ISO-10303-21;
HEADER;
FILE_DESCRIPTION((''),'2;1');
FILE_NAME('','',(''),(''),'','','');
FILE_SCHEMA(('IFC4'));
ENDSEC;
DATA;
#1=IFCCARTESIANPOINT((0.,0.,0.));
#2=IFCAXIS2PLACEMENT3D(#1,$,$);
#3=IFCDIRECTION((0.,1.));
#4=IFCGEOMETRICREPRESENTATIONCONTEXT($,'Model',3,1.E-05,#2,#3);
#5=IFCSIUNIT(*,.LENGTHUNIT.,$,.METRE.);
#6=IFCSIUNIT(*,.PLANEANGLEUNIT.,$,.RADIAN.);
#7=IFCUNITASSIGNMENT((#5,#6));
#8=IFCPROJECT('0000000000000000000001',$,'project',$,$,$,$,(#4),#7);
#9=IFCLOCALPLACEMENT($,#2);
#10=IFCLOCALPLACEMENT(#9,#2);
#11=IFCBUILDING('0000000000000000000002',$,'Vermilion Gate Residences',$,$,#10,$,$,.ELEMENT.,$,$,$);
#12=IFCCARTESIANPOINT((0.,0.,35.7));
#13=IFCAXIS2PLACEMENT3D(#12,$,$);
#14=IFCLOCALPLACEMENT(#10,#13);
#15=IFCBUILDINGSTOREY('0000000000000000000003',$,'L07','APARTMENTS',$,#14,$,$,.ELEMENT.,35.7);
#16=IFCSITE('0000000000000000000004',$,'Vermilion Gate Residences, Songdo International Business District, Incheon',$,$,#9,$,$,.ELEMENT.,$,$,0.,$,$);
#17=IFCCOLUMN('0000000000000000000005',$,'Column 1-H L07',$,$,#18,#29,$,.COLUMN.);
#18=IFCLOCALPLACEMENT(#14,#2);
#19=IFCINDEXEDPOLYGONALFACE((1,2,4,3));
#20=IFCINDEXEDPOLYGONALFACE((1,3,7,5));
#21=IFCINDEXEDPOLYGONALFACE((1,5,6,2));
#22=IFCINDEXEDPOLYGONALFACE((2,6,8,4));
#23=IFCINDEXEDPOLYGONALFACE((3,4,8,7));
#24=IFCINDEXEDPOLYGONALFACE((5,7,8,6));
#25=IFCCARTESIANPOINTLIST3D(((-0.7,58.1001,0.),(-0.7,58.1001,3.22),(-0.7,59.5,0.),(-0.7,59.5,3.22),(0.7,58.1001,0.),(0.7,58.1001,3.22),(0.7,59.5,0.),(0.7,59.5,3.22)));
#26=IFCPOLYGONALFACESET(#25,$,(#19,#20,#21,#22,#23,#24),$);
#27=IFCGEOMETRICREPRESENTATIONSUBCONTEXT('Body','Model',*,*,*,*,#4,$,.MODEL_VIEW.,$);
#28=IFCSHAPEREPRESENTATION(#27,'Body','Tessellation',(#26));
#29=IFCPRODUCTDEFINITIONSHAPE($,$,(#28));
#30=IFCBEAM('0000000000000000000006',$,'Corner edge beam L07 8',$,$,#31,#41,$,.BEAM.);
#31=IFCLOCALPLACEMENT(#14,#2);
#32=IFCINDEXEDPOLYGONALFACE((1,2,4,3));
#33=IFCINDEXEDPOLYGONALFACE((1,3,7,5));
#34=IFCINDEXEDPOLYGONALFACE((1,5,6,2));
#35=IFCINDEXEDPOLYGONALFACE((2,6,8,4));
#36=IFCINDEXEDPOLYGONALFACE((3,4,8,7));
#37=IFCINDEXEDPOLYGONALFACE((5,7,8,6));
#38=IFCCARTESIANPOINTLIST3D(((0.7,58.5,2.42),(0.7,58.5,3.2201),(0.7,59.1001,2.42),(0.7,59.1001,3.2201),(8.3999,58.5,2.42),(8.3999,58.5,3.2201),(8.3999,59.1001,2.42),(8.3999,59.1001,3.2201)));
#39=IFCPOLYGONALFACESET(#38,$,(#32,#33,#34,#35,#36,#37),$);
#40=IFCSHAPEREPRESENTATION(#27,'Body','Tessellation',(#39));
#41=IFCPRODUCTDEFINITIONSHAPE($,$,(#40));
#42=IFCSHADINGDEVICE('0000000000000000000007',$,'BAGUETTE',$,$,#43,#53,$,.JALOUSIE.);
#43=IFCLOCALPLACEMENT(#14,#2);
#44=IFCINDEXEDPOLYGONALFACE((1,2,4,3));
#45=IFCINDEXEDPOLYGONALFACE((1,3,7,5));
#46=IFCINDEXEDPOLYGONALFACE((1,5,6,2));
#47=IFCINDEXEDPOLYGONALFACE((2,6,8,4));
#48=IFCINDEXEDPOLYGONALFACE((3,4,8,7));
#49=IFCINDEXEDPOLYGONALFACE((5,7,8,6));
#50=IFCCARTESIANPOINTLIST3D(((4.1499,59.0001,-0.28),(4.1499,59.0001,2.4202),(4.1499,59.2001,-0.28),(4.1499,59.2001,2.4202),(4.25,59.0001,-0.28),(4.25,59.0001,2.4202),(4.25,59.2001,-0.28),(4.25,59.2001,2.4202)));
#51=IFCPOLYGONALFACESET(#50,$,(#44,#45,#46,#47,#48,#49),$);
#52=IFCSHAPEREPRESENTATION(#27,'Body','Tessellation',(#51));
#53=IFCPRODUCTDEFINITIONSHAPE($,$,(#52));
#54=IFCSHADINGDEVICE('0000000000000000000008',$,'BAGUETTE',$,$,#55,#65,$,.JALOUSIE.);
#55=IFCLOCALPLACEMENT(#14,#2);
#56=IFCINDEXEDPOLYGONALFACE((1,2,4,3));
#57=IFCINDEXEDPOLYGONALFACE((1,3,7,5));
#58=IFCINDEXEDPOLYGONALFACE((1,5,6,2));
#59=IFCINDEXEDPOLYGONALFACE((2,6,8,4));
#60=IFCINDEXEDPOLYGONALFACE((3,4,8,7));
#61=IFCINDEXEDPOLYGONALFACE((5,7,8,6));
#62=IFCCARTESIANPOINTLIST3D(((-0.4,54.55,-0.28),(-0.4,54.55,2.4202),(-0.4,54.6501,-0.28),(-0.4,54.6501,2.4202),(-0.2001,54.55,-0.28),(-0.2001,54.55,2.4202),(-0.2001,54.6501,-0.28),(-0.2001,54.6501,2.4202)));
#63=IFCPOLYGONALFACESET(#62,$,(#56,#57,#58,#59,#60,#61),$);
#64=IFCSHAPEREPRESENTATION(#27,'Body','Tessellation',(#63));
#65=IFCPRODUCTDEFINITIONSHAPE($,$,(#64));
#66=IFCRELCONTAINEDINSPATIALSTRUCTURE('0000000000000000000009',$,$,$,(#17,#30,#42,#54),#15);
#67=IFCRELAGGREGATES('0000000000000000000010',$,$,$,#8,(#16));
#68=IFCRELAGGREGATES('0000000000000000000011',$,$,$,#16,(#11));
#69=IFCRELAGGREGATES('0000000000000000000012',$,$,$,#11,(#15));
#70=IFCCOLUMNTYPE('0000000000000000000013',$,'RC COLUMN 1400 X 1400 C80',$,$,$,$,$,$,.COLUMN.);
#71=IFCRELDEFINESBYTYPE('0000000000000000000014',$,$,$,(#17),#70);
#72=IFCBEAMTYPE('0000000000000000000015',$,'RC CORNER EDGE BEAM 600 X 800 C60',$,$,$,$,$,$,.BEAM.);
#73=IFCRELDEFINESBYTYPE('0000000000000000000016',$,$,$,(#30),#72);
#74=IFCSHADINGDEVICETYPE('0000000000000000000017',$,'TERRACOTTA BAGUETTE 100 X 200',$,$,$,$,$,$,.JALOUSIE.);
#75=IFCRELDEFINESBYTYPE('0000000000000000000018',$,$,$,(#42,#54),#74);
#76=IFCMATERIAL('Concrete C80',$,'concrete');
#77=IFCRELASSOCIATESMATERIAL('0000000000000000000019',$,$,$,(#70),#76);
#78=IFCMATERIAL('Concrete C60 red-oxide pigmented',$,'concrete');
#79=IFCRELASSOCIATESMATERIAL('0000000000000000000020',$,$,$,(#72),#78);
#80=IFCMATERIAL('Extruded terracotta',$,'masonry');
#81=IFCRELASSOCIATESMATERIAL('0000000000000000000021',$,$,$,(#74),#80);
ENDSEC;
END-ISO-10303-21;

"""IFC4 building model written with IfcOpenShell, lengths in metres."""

from ifc_helpers import new_model, si_unit, direction, frame, origin, origin_2d, place, context, subcontext, project, spatial, rectangle, extrude, material, material_profile, profile_set, type_object, element, save


model = new_model("IFC4")

# Units and contexts
model_context = context("Model", 3, precision=1e-05, world=origin(), true_north=direction((0.0, 1.0)))
body_context = subcontext(model_context, "Body", "Model", "MODEL_VIEW")
ifc_project = project(units=[si_unit("LENGTHUNIT", "METRE"), si_unit("PLANEANGLEUNIT", "RADIAN")], contexts=[model_context])

# Site, building, storey
site_placement = place(None, origin())
site = spatial("IfcSite", under=ifc_project, at=site_placement, Name="Vermilion Gate Residences, Songdo International Business District, Incheon", CompositionType="ELEMENT", RefElevation=0.0)
building_placement = place(site_placement, origin())
building = spatial("IfcBuilding", under=site, at=building_placement, Name="Vermilion Gate Residences", CompositionType="ELEMENT")
storey_placement = place(building_placement, frame((0.0, 0.0, 35.7)))
storey = spatial("IfcBuildingStorey", under=building, at=storey_placement, Name="L07", Description="APARTMENTS", CompositionType="ELEMENT", Elevation=35.7)

# Column
ifc_material_1 = material(Name="Concrete C80", Category="concrete")
ifc_material_profile_1 = material_profile(ifc_material_1, rectangle(XDim=1.3999, YDim=1.3999, at=origin_2d()), Name="RC-1400x1400")
ifc_profile_set_1 = profile_set([ifc_material_profile_1], Name="Concrete C80")
column_type = type_object("IfcColumnType", Name="RC COLUMN 1400 X 1400 C80", PredefinedType="COLUMN", material=ifc_profile_set_1)
column_placement = place(storey_placement, frame((0.0, 58.8, 0.0), z_axis=(0.0, 0.0, 1.0), x_axis=(1.0, 0.0, 0.0)))
element("IfcColumn", 1, at=column_placement, inside=storey, type_object=column_type, Name="Column 1-H L07", PredefinedType="COLUMN", context=body_context, shape_type="SweptSolid", body=[
    extrude(rectangle(XDim=1.3999, YDim=1.3999, at=origin_2d()), origin(), (0.0, 0.0, 1.0), 3.22),
])

# Beam
ifc_material_2 = material(Name="Concrete C60 red-oxide pigmented", Category="concrete")
ifc_material_profile_2 = material_profile(ifc_material_2, rectangle(XDim=0.6001, YDim=0.8, at=origin_2d()), Name="RC-600x800")
ifc_profile_set_2 = profile_set([ifc_material_profile_2], Name="Concrete C60 red-oxide pigmented")
beam_type = type_object("IfcBeamType", Name="RC CORNER EDGE BEAM 600 X 800 C60", PredefinedType="BEAM", material=ifc_profile_set_2)
beam_placement = place(storey_placement, frame((0.7, 58.8, 2.8201), z_axis=(1.0, 0.0, 0.0), x_axis=(0.0, 1.0, 0.0)))
element("IfcBeam", 2, at=beam_placement, inside=storey, type_object=beam_type, Name="Corner edge beam L07 8", PredefinedType="BEAM", context=body_context, shape_type="SweptSolid", body=[
    extrude(rectangle(XDim=0.6001, YDim=0.8, at=origin_2d()), origin(), (0.0, 0.0, 1.0), 7.7),
])

# Shading devices
ifc_material_3 = material(Name="Extruded terracotta", Category="masonry")
ifc_material_profile_3 = material_profile(ifc_material_3, rectangle(XDim=0.2, YDim=0.1001, at=origin_2d()), Name="BAGUETTE 100 X 200")
ifc_profile_set_3 = profile_set([ifc_material_profile_3], Name="Extruded terracotta")
shading_device_type = type_object("IfcShadingDeviceType", Name="TERRACOTTA BAGUETTE 100 X 200", PredefinedType="JALOUSIE", material=ifc_profile_set_3)
for number, where, z_axis, x_axis, name in (
    (3, (4.2, 59.1001, -0.28), (0.0, 0.0, 1.0), (0.0, -1.0, 0.0), "BAGUETTE"),
    (4, (-0.3, 54.6001, -0.28), (0.0, 0.0, 1.0), (1.0, 0.0, 0.0), "BAGUETTE"),
):
    element("IfcShadingDevice", number, at=place(storey_placement, frame(where, z_axis=z_axis, x_axis=x_axis)), inside=storey, type_object=shading_device_type, Name=name, PredefinedType="JALOUSIE", context=body_context, shape_type="SweptSolid", body=[
        extrude(rectangle(XDim=0.2, YDim=0.1001, at=origin_2d()), origin(), (0.0, 0.0, 1.0), 2.7002),
    ])

save(model, "model.ifc")
